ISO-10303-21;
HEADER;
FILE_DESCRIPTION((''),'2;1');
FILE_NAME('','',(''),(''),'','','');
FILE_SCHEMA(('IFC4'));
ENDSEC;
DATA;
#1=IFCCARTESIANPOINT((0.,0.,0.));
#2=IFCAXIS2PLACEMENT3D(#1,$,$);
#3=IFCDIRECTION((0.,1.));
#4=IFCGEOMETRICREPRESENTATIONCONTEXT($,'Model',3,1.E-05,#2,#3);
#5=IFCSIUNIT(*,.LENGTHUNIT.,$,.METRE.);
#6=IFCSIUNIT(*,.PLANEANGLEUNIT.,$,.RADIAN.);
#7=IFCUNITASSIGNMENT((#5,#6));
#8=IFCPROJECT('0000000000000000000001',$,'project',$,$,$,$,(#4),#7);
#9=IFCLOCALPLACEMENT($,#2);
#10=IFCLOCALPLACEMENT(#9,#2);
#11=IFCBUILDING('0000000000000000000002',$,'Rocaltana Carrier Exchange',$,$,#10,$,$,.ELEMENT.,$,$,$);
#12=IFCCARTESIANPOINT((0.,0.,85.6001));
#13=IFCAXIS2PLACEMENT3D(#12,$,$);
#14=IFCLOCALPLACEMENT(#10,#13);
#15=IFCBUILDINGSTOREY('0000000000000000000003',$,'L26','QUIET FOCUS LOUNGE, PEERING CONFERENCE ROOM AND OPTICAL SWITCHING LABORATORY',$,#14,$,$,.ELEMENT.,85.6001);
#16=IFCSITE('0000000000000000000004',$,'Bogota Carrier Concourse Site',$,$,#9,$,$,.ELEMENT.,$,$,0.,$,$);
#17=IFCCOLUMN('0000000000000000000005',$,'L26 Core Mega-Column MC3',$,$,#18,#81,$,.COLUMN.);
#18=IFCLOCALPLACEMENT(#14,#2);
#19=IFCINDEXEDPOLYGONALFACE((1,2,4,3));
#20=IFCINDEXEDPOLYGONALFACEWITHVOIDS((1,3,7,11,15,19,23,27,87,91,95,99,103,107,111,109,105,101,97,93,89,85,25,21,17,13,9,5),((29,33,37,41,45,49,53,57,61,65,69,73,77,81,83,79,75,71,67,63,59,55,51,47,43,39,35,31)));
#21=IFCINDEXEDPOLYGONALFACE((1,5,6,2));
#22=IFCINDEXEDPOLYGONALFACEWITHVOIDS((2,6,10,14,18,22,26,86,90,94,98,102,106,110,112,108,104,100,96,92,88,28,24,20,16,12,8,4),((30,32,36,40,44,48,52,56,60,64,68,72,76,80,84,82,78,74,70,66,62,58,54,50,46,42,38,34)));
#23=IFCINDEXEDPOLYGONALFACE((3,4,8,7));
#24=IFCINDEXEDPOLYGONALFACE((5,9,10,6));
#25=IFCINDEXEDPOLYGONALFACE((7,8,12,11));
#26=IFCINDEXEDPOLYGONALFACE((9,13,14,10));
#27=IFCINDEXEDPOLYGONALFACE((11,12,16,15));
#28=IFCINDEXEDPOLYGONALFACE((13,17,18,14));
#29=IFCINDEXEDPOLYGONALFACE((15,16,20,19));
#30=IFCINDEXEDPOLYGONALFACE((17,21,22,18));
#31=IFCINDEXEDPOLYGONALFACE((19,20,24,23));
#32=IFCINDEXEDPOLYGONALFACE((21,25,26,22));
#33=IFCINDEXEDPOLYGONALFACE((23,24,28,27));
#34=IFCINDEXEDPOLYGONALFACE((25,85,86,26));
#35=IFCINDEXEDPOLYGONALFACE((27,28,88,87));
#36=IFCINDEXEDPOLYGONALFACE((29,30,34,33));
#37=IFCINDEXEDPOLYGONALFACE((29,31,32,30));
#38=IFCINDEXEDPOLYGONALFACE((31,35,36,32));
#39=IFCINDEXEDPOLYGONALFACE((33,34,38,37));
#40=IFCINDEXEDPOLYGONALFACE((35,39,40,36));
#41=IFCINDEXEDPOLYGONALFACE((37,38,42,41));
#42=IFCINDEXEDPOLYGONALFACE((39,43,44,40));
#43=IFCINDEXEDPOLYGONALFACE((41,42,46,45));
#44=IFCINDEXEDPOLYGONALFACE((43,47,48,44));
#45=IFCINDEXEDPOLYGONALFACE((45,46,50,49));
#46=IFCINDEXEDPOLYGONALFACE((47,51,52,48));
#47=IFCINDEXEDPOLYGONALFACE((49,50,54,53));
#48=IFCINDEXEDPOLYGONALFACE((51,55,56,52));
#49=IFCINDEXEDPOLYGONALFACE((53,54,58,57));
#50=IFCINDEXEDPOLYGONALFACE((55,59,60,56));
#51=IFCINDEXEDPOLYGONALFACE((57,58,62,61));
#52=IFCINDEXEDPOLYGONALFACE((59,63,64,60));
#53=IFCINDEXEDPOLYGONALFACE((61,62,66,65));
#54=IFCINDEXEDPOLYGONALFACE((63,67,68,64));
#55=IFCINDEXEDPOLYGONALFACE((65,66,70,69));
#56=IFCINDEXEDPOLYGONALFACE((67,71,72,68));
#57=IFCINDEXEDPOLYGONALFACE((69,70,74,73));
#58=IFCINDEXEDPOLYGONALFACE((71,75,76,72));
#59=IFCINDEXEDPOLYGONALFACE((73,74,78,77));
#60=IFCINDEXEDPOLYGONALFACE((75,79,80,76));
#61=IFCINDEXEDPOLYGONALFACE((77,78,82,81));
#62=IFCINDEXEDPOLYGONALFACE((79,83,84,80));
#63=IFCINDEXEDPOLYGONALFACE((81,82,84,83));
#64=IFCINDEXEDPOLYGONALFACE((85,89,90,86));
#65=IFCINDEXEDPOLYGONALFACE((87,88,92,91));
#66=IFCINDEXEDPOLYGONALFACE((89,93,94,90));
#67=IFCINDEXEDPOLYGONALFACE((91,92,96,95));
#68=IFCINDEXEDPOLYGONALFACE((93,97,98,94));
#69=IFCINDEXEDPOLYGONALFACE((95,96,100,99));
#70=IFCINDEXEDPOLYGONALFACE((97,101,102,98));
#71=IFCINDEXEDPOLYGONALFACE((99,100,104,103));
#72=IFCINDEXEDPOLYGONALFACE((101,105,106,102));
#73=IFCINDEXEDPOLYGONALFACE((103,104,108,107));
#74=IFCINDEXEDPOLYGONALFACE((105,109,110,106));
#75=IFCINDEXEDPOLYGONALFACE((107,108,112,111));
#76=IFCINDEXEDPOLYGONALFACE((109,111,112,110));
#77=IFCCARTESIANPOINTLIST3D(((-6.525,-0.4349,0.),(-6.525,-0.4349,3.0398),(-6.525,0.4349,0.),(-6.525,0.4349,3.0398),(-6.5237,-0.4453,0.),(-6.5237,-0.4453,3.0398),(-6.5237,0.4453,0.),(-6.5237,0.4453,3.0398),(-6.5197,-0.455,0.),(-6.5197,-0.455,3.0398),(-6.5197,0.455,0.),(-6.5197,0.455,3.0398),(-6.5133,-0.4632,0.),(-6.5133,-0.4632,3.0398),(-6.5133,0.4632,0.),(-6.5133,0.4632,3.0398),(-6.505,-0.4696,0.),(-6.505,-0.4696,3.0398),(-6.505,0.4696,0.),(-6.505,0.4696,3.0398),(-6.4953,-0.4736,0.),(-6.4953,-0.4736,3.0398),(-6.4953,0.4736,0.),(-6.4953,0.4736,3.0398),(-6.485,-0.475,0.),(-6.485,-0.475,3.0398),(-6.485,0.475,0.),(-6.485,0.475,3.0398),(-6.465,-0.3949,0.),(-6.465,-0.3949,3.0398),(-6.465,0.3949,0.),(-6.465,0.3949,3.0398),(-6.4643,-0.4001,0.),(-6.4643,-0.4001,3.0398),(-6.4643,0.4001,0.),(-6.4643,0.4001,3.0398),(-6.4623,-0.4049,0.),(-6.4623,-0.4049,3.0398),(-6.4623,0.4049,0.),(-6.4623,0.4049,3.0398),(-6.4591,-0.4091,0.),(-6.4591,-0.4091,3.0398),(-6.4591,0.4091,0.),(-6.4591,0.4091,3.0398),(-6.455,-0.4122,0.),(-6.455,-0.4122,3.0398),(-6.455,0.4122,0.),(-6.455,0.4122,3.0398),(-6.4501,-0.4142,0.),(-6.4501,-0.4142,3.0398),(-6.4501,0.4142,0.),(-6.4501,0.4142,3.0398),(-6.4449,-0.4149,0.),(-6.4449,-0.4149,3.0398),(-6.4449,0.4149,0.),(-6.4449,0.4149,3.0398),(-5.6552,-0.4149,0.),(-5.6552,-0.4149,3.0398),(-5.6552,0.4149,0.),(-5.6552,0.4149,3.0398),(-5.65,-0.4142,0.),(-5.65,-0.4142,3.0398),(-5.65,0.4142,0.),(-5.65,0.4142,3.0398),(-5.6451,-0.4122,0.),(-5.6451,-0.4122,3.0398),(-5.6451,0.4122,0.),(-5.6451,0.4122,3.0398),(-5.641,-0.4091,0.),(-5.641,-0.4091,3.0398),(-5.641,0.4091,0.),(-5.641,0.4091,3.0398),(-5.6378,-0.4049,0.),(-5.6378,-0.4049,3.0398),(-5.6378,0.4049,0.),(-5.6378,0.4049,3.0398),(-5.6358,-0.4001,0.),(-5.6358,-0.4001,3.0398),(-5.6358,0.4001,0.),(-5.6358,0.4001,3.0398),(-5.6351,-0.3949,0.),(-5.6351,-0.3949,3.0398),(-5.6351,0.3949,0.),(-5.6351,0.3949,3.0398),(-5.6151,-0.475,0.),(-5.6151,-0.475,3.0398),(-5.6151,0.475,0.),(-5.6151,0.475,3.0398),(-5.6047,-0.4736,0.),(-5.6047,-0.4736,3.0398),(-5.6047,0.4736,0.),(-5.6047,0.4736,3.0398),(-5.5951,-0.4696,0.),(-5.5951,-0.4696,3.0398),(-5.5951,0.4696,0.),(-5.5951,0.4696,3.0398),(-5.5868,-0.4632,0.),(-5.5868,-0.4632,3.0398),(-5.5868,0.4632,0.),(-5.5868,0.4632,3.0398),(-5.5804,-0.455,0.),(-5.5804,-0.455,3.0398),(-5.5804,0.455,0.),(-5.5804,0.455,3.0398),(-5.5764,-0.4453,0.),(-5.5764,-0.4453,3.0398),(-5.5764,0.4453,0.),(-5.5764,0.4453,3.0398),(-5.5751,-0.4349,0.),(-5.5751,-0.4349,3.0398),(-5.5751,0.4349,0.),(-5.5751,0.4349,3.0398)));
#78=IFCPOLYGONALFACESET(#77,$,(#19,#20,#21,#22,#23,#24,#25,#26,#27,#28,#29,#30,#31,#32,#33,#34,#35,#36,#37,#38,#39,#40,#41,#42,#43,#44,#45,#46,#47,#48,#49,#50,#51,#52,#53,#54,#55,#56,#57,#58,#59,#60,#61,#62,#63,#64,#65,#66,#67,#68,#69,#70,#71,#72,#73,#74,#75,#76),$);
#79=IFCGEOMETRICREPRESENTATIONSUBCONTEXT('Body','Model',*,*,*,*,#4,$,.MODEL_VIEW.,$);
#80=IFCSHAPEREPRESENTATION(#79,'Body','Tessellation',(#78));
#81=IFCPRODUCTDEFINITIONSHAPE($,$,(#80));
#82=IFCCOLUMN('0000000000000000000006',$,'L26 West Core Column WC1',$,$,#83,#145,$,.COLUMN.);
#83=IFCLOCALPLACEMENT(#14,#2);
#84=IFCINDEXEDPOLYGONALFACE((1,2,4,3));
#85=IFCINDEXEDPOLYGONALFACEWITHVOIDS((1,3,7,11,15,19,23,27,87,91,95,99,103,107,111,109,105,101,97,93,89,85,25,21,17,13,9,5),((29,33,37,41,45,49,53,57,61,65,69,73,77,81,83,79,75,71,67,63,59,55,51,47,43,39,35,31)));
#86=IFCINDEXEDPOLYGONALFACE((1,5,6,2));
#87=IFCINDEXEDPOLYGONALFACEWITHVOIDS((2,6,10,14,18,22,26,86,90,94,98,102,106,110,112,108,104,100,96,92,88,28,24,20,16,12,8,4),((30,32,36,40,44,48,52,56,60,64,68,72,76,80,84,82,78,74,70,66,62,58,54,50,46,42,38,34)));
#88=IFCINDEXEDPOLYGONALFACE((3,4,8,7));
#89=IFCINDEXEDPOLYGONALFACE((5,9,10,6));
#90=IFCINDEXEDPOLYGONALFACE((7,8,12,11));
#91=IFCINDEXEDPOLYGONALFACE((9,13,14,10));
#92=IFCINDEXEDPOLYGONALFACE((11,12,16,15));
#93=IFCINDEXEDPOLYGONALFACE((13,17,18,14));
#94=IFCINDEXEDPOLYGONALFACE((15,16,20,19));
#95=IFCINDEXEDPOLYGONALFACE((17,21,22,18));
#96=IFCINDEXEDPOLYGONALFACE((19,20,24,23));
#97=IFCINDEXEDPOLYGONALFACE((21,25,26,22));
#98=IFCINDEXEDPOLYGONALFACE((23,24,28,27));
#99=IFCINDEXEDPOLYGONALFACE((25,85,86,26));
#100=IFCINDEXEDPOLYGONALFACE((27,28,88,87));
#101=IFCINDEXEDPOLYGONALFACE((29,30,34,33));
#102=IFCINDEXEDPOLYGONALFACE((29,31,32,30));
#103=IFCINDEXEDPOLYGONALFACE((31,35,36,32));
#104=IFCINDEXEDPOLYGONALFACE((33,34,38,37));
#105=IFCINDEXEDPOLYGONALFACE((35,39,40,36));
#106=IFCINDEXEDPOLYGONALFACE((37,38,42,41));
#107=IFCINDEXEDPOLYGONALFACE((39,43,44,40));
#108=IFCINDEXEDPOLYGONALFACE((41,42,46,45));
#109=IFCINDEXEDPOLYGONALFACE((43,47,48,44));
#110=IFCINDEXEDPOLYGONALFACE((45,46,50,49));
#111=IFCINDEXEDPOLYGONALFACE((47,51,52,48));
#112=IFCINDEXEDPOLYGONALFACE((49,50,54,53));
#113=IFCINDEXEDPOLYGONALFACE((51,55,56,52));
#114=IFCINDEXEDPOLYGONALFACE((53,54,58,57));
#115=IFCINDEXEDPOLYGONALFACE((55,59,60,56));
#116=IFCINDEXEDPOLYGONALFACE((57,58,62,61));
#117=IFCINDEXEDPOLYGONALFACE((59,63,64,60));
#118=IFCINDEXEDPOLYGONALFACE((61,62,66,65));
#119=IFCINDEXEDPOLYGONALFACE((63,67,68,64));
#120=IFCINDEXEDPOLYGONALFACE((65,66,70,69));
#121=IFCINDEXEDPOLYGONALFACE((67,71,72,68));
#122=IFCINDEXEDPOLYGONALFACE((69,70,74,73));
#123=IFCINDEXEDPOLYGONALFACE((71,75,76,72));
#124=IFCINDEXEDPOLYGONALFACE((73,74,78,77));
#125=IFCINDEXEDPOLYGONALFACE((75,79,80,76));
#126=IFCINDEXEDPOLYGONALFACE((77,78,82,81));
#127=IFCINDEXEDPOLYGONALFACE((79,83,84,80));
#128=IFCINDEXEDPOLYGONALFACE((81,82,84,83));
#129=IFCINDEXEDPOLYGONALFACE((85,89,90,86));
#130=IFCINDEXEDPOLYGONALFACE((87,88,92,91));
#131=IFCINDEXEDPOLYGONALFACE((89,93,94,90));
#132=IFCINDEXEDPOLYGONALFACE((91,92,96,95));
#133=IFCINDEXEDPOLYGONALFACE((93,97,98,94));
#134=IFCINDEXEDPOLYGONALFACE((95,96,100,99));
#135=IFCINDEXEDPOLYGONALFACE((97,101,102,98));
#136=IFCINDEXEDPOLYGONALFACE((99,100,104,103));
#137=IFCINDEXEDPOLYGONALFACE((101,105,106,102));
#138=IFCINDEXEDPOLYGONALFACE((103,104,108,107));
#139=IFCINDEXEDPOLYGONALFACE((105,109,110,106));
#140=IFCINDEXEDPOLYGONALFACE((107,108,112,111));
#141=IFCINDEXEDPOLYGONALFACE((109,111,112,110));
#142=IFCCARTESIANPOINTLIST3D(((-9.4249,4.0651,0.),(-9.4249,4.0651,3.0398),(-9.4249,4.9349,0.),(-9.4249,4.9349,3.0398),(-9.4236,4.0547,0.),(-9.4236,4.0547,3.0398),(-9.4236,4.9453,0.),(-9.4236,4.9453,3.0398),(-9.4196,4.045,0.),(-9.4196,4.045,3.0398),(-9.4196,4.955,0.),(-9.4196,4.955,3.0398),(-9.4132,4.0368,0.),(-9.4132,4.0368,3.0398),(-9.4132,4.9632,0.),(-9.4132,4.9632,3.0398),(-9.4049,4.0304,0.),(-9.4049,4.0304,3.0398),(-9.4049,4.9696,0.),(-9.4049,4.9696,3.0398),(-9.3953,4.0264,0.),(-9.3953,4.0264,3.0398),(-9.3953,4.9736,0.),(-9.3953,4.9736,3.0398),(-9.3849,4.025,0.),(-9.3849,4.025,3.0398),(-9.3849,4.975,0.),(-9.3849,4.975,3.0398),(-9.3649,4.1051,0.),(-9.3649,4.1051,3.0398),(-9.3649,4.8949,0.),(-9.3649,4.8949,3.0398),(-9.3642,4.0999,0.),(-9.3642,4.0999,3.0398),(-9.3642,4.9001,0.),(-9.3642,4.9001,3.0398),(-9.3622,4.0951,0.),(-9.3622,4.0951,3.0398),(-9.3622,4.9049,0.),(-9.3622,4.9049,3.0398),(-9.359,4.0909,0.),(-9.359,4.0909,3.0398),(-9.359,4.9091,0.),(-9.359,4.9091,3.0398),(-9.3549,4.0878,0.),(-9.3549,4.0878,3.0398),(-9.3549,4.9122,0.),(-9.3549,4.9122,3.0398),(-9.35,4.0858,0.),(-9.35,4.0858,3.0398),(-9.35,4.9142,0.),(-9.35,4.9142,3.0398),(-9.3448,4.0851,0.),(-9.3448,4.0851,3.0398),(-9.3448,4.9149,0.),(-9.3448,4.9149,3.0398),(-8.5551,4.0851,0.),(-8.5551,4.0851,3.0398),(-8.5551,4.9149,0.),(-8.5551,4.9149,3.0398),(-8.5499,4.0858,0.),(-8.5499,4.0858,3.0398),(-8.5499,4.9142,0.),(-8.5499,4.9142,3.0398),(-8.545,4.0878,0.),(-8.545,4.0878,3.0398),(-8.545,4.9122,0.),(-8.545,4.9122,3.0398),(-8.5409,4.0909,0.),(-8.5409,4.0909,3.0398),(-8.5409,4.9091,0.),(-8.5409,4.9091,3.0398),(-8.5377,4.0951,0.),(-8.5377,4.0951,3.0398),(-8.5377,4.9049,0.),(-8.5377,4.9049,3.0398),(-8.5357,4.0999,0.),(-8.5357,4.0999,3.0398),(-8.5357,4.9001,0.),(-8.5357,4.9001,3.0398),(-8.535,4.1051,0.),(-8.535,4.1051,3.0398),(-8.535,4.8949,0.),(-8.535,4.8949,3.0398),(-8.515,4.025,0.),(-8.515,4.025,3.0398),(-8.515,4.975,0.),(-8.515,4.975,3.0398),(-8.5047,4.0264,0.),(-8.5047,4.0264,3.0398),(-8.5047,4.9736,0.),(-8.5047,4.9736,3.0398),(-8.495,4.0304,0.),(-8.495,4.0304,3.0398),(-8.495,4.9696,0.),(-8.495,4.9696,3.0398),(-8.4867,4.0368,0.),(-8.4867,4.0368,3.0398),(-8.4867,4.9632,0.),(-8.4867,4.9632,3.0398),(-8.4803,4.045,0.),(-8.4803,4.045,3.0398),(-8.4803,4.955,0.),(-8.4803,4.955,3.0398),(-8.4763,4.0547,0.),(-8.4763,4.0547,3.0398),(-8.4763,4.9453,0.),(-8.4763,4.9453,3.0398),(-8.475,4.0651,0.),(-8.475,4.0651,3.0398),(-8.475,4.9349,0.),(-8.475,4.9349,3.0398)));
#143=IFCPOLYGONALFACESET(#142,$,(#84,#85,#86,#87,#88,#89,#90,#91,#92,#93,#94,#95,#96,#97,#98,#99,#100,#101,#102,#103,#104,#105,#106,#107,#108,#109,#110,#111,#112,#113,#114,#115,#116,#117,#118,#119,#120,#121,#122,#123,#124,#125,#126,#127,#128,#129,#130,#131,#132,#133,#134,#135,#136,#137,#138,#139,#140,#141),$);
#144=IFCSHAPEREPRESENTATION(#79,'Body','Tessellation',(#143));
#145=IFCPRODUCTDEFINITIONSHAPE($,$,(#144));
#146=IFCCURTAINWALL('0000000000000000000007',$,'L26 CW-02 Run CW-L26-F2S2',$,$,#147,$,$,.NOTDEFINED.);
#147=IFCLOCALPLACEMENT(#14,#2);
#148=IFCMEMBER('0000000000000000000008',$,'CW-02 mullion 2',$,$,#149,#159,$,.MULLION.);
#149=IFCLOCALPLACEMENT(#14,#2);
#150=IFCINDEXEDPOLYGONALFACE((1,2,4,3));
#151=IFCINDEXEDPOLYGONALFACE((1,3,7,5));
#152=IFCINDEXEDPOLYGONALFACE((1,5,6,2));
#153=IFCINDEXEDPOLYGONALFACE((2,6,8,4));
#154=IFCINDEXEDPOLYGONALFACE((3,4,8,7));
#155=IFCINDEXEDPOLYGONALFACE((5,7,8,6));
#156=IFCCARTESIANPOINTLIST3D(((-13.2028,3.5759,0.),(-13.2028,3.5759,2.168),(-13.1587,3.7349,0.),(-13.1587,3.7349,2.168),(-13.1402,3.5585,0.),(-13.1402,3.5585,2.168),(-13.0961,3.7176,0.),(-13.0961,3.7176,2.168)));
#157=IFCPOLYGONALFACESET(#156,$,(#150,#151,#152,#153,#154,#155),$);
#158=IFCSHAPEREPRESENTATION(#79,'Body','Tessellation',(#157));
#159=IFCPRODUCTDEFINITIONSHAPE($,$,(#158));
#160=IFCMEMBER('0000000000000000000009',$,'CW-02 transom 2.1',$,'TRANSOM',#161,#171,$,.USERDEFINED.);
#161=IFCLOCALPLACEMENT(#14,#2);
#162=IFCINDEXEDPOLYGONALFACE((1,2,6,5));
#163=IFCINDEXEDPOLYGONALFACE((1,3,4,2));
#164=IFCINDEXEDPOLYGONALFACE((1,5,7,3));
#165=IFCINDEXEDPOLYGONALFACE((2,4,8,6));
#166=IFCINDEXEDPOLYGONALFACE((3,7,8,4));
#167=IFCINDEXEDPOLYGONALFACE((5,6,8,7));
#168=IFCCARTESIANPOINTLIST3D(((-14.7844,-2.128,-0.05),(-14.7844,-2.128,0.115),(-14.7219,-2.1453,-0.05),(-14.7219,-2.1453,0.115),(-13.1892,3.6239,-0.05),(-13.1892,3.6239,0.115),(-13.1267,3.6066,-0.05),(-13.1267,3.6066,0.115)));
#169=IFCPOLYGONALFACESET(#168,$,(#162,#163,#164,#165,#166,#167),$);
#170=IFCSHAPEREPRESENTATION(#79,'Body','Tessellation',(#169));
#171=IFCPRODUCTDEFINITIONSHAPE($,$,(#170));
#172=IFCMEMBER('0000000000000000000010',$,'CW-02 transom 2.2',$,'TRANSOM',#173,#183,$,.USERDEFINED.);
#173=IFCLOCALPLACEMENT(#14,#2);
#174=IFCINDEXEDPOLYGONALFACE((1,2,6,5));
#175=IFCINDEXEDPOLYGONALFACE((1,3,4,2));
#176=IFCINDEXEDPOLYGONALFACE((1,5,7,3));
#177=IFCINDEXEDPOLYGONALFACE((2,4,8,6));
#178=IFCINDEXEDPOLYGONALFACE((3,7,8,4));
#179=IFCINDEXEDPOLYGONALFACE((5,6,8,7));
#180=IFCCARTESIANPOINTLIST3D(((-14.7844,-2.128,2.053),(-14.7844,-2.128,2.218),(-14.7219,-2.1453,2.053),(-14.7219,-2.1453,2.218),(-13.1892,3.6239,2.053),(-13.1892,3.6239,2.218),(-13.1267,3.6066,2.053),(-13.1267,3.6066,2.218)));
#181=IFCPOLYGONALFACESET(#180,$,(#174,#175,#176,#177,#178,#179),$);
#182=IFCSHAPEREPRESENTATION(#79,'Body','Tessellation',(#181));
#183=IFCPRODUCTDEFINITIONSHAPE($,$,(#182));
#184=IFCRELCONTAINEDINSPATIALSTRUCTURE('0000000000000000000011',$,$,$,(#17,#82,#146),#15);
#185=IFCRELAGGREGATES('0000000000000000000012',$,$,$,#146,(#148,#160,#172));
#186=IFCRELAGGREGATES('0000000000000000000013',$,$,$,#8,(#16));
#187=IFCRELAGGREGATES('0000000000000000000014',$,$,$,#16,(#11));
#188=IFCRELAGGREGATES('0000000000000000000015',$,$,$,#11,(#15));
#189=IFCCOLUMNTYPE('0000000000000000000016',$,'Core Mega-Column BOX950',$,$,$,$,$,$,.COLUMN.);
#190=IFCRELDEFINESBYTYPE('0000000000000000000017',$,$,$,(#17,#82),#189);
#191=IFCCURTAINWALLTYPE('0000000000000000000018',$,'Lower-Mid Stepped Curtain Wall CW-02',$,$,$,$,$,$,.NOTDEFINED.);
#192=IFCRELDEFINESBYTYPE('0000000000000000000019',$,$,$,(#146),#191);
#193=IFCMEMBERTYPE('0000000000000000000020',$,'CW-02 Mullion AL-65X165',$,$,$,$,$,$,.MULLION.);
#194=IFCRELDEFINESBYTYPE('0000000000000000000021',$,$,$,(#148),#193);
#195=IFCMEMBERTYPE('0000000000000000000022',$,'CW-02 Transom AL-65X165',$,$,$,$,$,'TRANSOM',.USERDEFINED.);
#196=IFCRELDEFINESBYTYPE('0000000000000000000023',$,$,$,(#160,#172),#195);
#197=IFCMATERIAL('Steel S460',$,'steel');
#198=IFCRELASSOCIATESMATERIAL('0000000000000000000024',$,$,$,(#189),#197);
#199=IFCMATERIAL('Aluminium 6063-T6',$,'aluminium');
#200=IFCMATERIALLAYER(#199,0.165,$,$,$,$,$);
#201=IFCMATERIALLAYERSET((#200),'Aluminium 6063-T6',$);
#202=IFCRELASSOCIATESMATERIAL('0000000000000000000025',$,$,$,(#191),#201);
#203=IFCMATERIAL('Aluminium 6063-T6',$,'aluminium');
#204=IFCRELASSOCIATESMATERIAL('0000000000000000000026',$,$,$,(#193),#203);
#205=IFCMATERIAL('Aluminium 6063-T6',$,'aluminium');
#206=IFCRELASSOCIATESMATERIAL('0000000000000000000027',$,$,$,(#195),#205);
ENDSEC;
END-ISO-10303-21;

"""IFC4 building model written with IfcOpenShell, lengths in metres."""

from ifc_helpers import new_model, si_unit, direction, frame, origin, origin_2d, place, context, subcontext, project, spatial, rectangle, hollow_rectangle, extrude, material, layer, layer_set, material_profile, profile_set, type_object, element, aggregate, save


model = new_model("IFC4")

# Units and contexts
model_context = context("Model", 3, precision=1e-05, world=origin(), true_north=direction((0.0, 1.0)))
body_context = subcontext(model_context, "Body", "Model", "MODEL_VIEW")
ifc_project = project(units=[si_unit("LENGTHUNIT", "METRE"), si_unit("PLANEANGLEUNIT", "RADIAN")], contexts=[model_context])

# Site, building, storey
site_placement = place(None, origin())
site = spatial("IfcSite", under=ifc_project, at=site_placement, Name="Bogota Carrier Concourse Site", CompositionType="ELEMENT", RefElevation=0.0)
building_placement = place(site_placement, origin())
building = spatial("IfcBuilding", under=site, at=building_placement, Name="Rocaltana Carrier Exchange", CompositionType="ELEMENT")
storey_placement = place(building_placement, frame((0.0, 0.0, 85.6001)))
storey = spatial("IfcBuildingStorey", under=building, at=storey_placement, Name="L26", Description="QUIET FOCUS LOUNGE, PEERING CONFERENCE ROOM AND OPTICAL SWITCHING LABORATORY", CompositionType="ELEMENT", Elevation=85.6001)

# Columns
ifc_material_1 = material(Name="Steel S460", Category="steel")
ifc_material_profile_1 = material_profile(ifc_material_1, hollow_rectangle(XDim=0.95, YDim=0.95, WallThickness=0.0601, InnerFilletRadius=0.02, OuterFilletRadius=0.04, at=origin_2d()), Name="BOX950X950X60")
ifc_profile_set_1 = profile_set([ifc_material_profile_1], Name="Steel S460")
column_type = type_object("IfcColumnType", Name="Core Mega-Column BOX950", PredefinedType="COLUMN", material=ifc_profile_set_1)
for number, where, z_axis, x_axis, name in (
    (1, (-6.05, 0.0, 0.0), (0.0, 0.0, 1.0), (1.0, 0.0, 0.0), "L26 Core Mega-Column MC3"),
    (2, (-8.95, 4.5, 0.0), (0.0, 0.0, 1.0), (1.0, 0.0, 0.0), "L26 West Core Column WC1"),
):
    element("IfcColumn", number, at=place(storey_placement, frame(where, z_axis=z_axis, x_axis=x_axis)), inside=storey, type_object=column_type, Name=name, PredefinedType="COLUMN", context=body_context, shape_type="SweptSolid", body=[
        extrude(hollow_rectangle(XDim=0.95, YDim=0.95, WallThickness=0.0601, InnerFilletRadius=0.02, OuterFilletRadius=0.04, at=origin_2d()), origin(), (0.0, 0.0, 1.0), 3.0398),
    ])

# Curtain wall, members
ifc_material_2 = material(Name="Aluminium 6063-T6", Category="aluminium")
ifc_layer_1 = layer(ifc_material_2, 0.165)
ifc_layer_set_1 = layer_set([ifc_layer_1], Name="Aluminium 6063-T6")
curtain_wall_type = type_object("IfcCurtainWallType", Name="Lower-Mid Stepped Curtain Wall CW-02", PredefinedType="NOTDEFINED", material=ifc_layer_set_1)
curtain_wall_placement = place(storey_placement, origin())
curtain_wall = element("IfcCurtainWall", 3, at=curtain_wall_placement, inside=storey, type_object=curtain_wall_type, Name="L26 CW-02 Run CW-L26-F2S2", PredefinedType="NOTDEFINED")
ifc_material_3 = material(Name="Aluminium 6063-T6", Category="aluminium")
ifc_material_profile_2 = material_profile(ifc_material_3, rectangle(XDim=0.0649, YDim=0.165, at=origin_2d()), Name="AL-65X165")
ifc_profile_set_2 = profile_set([ifc_material_profile_2], Name="Aluminium 6063-T6")
member_type_1 = type_object("IfcMemberType", Name="CW-02 Mullion AL-65X165", PredefinedType="MULLION", material=ifc_profile_set_2)
member_1_placement = place(storey_placement, frame((-13.1494, 3.6467, 0.0), z_axis=(0.0, 0.0, 1.0), x_axis=(0.963631, -0.267238, 0.0)))
member_1 = element("IfcMember", 4, at=member_1_placement, type_object=member_type_1, Name="CW-02 mullion 2", PredefinedType="MULLION", context=body_context, shape_type="SweptSolid", body=[
    extrude(rectangle(XDim=0.0649, YDim=0.165, at=origin_2d()), origin(), (0.0, 0.0, 1.0), 2.168),
])
ifc_material_4 = material(Name="Aluminium 6063-T6", Category="aluminium")
ifc_material_profile_3 = material_profile(ifc_material_4, rectangle(XDim=0.0649, YDim=0.165, at=origin_2d()), Name="AL-65X165")
ifc_profile_set_3 = profile_set([ifc_material_profile_3], Name="Aluminium 6063-T6")
member_type_2 = type_object("IfcMemberType", Name="CW-02 Transom AL-65X165", ElementType="TRANSOM", PredefinedType="USERDEFINED", material=ifc_profile_set_3)
member_2_placement = place(storey_placement, frame((-13.158, 3.6152, 0.0325), z_axis=(-0.267247, -0.963628, 0.0), x_axis=(0.963628, -0.267247, 0.0)))
member_2 = element("IfcMember", 5, at=member_2_placement, type_object=member_type_2, Name="CW-02 transom 2.1", ObjectType="TRANSOM", PredefinedType="USERDEFINED", context=body_context, shape_type="SweptSolid", body=[
    extrude(rectangle(XDim=0.0649, YDim=0.165, at=origin_2d()), origin(), (0.0, 0.0, 1.0), 5.969),
])
member_3_placement = place(storey_placement, frame((-13.158, 3.6152, 2.1355), z_axis=(-0.267247, -0.963628, 0.0), x_axis=(0.963628, -0.267247, 0.0)))
member_3 = element("IfcMember", 6, at=member_3_placement, type_object=member_type_2, Name="CW-02 transom 2.2", ObjectType="TRANSOM", PredefinedType="USERDEFINED", context=body_context, shape_type="SweptSolid", body=[
    extrude(rectangle(XDim=0.0649, YDim=0.165, at=origin_2d()), origin(), (0.0, 0.0, 1.0), 5.969),
])

aggregate(curtain_wall, [member_1, member_2, member_3])

save(model, "model.ifc")
